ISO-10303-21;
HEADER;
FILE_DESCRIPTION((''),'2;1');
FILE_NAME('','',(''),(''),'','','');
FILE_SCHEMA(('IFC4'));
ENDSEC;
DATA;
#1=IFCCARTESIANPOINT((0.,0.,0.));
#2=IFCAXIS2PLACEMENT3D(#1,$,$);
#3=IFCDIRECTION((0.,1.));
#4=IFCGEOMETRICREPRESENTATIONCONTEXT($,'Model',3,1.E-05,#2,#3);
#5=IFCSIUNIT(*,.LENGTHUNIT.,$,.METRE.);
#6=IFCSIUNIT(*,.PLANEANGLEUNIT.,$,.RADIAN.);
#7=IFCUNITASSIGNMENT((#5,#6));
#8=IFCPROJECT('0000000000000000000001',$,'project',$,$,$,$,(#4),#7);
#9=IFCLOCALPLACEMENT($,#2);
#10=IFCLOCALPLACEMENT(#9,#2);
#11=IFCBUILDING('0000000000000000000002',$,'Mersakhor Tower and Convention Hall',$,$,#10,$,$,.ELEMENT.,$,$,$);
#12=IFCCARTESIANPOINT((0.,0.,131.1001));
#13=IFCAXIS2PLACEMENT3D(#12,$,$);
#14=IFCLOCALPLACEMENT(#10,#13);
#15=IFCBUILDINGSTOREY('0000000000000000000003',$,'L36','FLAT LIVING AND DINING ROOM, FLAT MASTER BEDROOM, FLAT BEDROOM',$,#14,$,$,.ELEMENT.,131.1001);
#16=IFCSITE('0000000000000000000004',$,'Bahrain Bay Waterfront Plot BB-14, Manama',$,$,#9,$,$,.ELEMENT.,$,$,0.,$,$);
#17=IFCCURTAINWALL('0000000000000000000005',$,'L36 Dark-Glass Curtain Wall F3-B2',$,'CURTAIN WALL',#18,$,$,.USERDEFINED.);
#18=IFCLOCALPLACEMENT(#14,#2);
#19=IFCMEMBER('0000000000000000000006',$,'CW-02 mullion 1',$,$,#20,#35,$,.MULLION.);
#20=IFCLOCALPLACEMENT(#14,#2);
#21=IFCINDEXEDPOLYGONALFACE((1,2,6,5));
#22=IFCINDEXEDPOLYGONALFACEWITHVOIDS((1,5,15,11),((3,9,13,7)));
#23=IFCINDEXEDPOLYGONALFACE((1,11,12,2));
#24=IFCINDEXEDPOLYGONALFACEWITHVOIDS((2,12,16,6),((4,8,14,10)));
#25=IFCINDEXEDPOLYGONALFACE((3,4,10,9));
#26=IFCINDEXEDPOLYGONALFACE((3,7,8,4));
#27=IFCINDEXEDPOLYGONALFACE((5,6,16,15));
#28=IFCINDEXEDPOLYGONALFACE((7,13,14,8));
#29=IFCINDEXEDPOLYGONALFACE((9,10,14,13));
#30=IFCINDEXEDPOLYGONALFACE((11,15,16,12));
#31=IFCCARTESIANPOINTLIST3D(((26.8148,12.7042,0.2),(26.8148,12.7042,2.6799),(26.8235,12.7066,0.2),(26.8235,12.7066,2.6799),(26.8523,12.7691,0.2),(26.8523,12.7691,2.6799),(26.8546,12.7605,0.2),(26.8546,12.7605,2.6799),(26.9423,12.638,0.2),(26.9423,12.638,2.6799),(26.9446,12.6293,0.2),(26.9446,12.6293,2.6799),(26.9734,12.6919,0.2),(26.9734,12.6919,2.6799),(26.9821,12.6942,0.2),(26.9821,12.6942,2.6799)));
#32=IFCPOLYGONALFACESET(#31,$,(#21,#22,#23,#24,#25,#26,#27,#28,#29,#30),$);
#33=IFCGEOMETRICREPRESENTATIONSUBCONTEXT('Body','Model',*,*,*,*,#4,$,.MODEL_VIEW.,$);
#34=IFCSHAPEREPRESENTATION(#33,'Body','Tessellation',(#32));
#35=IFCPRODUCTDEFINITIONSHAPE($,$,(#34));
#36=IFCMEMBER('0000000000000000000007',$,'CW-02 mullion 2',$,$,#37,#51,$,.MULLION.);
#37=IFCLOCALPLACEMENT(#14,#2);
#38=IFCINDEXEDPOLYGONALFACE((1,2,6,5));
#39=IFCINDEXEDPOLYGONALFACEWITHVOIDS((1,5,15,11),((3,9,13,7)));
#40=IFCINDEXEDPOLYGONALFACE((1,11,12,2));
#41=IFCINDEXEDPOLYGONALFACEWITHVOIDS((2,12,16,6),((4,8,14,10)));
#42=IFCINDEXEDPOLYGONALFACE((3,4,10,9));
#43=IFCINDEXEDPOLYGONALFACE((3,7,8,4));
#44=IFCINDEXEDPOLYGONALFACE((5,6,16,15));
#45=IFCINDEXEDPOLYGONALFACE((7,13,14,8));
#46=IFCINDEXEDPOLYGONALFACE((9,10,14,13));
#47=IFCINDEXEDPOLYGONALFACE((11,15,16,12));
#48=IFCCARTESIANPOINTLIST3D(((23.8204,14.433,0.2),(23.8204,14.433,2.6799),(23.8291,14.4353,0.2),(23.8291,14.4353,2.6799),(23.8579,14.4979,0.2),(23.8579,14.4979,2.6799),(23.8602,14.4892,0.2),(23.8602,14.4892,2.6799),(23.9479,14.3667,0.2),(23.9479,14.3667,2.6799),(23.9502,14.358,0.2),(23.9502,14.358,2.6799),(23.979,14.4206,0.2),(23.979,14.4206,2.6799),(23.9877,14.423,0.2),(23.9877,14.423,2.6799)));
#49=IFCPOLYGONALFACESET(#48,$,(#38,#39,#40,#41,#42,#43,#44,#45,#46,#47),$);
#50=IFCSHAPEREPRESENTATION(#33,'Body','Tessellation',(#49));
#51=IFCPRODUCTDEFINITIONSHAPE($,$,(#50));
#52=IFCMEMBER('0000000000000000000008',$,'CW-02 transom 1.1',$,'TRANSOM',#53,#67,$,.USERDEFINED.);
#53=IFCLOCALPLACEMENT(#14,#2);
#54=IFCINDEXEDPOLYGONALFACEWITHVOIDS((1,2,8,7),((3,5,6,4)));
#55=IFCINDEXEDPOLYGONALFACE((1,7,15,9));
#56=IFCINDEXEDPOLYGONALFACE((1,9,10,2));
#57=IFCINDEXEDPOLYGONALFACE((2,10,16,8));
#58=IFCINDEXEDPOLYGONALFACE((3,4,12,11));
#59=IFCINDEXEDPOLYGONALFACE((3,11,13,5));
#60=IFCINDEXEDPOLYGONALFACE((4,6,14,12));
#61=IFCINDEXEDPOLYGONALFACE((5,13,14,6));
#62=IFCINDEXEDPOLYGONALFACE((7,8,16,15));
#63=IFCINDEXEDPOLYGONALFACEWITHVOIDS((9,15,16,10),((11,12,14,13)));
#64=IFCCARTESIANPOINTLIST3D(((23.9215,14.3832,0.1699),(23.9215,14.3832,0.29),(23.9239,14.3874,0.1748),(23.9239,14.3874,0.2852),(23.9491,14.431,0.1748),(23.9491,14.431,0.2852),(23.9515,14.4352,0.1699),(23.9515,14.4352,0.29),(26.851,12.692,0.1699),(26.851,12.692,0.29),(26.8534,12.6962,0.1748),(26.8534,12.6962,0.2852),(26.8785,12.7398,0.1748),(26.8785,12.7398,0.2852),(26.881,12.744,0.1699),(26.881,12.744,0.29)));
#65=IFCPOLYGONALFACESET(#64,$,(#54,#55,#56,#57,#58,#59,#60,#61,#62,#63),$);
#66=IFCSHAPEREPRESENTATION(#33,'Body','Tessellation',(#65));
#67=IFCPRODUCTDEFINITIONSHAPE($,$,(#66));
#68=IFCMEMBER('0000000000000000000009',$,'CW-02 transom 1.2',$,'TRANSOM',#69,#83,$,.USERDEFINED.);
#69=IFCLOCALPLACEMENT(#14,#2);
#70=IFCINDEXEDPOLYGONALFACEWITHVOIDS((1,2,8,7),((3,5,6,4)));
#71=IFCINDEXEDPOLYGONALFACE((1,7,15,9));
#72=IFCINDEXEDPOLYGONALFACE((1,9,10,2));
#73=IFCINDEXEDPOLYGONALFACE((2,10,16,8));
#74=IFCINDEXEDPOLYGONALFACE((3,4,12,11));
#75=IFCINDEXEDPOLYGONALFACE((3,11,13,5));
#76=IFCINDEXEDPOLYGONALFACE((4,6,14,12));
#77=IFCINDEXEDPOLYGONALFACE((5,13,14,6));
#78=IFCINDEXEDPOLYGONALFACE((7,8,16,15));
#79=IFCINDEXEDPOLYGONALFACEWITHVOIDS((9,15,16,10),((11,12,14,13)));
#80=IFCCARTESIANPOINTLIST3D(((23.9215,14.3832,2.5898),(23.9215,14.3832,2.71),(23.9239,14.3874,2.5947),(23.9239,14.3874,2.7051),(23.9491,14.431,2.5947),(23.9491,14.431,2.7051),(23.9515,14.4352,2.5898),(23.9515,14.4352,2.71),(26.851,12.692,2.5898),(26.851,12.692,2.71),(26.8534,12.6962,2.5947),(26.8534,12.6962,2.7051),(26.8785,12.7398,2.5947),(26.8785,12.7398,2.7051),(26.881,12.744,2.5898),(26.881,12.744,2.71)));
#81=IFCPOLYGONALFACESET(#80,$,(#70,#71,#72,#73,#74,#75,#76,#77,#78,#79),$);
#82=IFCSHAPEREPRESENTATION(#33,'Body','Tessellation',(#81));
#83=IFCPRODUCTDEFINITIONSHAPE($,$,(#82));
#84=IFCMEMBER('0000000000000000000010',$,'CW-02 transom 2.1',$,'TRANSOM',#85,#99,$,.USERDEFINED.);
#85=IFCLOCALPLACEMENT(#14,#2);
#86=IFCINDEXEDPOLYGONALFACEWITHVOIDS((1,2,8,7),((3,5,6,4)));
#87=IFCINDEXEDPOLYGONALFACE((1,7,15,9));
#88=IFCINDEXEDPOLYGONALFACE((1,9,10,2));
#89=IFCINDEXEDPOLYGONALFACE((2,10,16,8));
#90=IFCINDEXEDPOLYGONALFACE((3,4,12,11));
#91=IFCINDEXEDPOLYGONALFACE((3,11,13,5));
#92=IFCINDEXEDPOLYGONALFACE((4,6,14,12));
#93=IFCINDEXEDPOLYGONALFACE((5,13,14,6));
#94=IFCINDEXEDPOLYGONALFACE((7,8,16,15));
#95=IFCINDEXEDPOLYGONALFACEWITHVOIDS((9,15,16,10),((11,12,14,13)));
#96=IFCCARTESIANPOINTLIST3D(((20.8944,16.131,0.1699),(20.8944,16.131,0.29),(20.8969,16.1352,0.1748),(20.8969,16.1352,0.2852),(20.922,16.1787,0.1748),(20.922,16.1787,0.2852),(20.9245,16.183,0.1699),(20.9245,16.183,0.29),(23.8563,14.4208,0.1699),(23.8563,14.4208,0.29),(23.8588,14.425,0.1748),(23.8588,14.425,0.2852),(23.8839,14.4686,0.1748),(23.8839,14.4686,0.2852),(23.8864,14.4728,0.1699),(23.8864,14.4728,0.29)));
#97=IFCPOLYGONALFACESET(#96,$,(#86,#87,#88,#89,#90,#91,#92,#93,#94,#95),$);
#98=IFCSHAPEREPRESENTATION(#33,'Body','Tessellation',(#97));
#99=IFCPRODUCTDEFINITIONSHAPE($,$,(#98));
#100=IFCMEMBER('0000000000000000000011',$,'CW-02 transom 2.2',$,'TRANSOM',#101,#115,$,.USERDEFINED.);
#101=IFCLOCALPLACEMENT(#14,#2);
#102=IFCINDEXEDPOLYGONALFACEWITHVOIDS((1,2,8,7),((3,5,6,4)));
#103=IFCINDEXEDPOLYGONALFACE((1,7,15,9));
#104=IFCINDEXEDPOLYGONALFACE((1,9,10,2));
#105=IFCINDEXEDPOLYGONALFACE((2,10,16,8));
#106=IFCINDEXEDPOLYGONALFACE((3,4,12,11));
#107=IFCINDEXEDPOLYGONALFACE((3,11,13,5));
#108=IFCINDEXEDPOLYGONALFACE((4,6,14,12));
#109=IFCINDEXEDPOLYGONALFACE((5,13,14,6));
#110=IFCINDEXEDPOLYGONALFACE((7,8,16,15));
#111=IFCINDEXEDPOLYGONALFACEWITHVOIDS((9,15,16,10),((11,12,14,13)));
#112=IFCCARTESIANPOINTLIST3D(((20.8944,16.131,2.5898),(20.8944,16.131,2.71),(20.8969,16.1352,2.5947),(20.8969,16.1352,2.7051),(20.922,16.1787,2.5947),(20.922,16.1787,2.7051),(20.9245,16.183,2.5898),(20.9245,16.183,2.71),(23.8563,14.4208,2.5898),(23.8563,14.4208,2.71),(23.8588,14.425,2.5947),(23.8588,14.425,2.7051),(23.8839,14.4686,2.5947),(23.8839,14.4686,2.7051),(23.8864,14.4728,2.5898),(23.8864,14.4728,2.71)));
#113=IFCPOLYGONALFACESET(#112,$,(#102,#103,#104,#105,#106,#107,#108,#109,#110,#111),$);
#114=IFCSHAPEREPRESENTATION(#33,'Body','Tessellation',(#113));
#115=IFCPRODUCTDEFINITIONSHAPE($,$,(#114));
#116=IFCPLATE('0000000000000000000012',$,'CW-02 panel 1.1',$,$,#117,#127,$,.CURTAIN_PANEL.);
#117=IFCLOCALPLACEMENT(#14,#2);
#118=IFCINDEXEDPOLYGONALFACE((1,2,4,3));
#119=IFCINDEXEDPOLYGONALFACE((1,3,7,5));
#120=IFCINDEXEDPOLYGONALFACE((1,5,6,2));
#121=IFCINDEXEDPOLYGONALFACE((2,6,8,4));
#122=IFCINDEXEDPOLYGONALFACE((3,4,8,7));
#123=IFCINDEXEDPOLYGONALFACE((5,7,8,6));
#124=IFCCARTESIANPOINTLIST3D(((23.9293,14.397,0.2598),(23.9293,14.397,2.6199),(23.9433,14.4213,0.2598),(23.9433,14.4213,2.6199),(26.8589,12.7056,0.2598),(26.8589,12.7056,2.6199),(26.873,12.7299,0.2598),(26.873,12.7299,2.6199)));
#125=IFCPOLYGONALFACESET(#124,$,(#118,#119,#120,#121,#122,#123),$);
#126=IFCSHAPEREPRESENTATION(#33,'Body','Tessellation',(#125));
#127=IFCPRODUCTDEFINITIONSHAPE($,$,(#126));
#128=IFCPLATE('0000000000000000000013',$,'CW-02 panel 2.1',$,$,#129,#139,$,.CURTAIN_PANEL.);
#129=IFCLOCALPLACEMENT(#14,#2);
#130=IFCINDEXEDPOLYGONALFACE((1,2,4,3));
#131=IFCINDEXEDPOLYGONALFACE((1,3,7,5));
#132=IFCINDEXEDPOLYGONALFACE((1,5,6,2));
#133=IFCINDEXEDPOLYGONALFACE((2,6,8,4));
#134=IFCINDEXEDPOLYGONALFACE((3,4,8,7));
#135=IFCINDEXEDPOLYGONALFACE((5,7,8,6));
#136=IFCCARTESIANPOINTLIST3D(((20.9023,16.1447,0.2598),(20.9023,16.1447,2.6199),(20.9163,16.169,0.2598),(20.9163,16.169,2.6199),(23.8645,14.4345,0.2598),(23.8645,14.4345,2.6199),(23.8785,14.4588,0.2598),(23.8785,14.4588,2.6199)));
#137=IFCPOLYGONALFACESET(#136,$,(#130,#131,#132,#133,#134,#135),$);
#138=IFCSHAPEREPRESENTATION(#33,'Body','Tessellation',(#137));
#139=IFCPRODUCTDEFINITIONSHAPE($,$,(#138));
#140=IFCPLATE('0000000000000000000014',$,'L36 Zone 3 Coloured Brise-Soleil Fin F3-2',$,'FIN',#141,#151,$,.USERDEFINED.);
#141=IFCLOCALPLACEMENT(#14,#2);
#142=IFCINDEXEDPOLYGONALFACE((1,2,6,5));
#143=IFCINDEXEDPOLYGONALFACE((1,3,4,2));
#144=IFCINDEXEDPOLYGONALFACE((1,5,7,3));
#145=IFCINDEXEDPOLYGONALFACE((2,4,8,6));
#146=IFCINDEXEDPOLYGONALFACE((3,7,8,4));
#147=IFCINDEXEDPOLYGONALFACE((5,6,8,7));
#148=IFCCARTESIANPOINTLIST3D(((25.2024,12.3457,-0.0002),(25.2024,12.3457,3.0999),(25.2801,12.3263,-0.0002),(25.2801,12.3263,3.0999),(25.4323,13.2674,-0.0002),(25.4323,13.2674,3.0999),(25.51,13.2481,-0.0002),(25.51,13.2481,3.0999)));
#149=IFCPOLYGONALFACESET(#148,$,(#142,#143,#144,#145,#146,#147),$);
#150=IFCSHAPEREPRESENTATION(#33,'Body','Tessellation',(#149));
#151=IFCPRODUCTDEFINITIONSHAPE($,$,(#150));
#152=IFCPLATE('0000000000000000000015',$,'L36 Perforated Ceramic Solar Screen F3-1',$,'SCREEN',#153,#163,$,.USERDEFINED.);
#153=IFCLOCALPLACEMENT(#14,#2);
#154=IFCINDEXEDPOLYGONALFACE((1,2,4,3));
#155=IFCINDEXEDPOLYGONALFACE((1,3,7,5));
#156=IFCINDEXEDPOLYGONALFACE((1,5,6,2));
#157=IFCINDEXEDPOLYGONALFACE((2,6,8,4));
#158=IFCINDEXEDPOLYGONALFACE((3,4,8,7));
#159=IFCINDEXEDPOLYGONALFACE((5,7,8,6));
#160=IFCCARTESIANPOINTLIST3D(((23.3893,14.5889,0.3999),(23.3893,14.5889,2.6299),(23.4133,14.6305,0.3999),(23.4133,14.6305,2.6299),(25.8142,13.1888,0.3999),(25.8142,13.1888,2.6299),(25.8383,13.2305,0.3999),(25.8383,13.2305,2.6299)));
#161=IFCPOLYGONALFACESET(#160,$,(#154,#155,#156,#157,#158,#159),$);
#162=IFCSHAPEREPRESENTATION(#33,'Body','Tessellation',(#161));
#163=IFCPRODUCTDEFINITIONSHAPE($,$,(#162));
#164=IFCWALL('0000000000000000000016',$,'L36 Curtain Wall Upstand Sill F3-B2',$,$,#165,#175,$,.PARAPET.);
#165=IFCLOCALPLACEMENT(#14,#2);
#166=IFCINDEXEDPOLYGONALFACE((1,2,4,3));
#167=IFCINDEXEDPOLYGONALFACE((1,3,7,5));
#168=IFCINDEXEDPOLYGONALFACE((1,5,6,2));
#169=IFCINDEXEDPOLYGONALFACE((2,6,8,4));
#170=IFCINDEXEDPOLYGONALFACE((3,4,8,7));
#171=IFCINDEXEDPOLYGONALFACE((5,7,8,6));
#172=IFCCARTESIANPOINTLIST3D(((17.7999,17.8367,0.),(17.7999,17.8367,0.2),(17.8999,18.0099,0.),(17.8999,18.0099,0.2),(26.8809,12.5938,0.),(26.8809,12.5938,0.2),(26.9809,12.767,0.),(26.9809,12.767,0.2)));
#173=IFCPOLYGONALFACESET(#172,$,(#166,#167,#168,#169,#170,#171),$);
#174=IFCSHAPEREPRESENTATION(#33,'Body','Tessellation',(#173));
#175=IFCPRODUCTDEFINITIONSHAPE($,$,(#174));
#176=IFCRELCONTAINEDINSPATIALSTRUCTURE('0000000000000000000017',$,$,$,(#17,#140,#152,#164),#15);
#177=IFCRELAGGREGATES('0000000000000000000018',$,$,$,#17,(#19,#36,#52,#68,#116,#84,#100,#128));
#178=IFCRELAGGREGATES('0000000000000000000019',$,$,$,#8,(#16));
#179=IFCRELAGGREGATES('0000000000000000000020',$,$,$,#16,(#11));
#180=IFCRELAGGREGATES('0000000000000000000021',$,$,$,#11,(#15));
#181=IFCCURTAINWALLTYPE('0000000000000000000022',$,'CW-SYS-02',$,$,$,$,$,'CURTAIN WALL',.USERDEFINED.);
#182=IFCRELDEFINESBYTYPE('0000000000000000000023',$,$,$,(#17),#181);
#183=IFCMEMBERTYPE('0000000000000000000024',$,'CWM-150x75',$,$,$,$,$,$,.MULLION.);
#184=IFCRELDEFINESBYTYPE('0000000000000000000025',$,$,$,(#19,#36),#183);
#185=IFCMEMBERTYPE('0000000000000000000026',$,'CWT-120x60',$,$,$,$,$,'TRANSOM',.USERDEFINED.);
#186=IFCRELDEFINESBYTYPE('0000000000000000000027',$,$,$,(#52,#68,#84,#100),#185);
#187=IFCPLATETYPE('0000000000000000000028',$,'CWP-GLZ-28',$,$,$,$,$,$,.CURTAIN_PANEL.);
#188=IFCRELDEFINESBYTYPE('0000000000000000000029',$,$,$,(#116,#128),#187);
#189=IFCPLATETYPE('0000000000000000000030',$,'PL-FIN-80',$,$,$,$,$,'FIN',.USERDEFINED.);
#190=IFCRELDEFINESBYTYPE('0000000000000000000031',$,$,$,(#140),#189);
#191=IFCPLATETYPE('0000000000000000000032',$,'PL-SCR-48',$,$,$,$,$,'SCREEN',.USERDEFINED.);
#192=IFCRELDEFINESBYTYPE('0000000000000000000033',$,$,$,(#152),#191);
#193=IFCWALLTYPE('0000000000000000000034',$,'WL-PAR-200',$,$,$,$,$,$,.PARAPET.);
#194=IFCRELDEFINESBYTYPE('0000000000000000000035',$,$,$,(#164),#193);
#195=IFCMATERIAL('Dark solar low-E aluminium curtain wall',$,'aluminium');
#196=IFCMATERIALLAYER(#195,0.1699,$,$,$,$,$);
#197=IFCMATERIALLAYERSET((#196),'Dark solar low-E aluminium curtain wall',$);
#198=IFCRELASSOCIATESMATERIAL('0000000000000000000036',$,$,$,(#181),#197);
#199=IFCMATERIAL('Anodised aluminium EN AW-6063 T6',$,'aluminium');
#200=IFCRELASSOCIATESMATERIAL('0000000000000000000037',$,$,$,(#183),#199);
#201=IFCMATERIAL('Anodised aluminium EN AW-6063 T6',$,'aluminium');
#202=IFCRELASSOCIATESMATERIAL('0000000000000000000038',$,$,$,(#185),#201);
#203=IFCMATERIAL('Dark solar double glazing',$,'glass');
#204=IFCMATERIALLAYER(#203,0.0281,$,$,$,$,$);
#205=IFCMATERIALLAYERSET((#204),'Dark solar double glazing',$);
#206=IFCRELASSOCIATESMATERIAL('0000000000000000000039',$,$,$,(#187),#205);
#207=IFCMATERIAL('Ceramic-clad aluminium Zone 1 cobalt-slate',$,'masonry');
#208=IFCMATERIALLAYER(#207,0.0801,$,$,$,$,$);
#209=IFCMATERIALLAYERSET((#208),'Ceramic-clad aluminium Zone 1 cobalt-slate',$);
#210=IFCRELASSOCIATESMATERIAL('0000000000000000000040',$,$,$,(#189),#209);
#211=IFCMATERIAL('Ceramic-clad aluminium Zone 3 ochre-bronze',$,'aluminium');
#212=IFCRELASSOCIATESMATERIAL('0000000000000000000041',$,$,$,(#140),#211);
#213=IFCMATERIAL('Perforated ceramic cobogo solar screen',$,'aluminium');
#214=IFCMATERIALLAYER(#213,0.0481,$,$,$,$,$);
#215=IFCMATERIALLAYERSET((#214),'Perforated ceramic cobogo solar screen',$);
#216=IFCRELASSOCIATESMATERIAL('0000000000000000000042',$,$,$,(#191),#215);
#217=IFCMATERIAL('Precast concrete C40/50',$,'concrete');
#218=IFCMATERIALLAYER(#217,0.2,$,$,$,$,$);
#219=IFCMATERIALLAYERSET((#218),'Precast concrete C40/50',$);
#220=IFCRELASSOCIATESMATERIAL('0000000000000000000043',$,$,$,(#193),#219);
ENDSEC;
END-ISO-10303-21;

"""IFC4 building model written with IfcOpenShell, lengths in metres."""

from ifc_helpers import new_model, si_unit, direction, frame, frame_2d, origin, origin_2d, place, context, subcontext, project, spatial, rectangle, hollow_rectangle, extrude, material, layer, layer_set, material_profile, profile_set, type_object, element, aggregate, save


model = new_model("IFC4")

# Units and contexts
model_context = context("Model", 3, precision=1e-05, world=origin(), true_north=direction((0.0, 1.0)))
body_context = subcontext(model_context, "Body", "Model", "MODEL_VIEW")
ifc_project = project(units=[si_unit("LENGTHUNIT", "METRE"), si_unit("PLANEANGLEUNIT", "RADIAN")], contexts=[model_context])

# Site, building, storey
site_placement = place(None, origin())
site = spatial("IfcSite", under=ifc_project, at=site_placement, Name="Bahrain Bay Waterfront Plot BB-14, Manama", CompositionType="ELEMENT", RefElevation=0.0)
building_placement = place(site_placement, origin())
building = spatial("IfcBuilding", under=site, at=building_placement, Name="Mersakhor Tower and Convention Hall", CompositionType="ELEMENT")
storey_placement = place(building_placement, frame((0.0, 0.0, 131.1001)))
storey = spatial("IfcBuildingStorey", under=building, at=storey_placement, Name="L36", Description="FLAT LIVING AND DINING ROOM, FLAT MASTER BEDROOM, FLAT BEDROOM", CompositionType="ELEMENT", Elevation=131.1001)

# Curtain wall, members, plates
ifc_material_1 = material(Name="Dark solar low-E aluminium curtain wall", Category="aluminium")
ifc_layer_1 = layer(ifc_material_1, 0.1699)
ifc_layer_set_1 = layer_set([ifc_layer_1], Name="Dark solar low-E aluminium curtain wall")
curtain_wall_type = type_object("IfcCurtainWallType", Name="CW-SYS-02", ElementType="CURTAIN WALL", PredefinedType="USERDEFINED", material=ifc_layer_set_1)
curtain_wall_placement = place(storey_placement, origin())
curtain_wall = element("IfcCurtainWall", 1, at=curtain_wall_placement, inside=storey, type_object=curtain_wall_type, Name="L36 Dark-Glass Curtain Wall F3-B2", ObjectType="CURTAIN WALL", PredefinedType="USERDEFINED")
ifc_material_2 = material(Name="Anodised aluminium EN AW-6063 T6", Category="aluminium")
ifc_material_profile_1 = material_profile(ifc_material_2, hollow_rectangle(XDim=0.075, YDim=0.1499, WallThickness=0.0063, at=origin_2d()), Name="RHS 150x75x6.3")
ifc_profile_set_1 = profile_set([ifc_material_profile_1], Name="Anodised aluminium EN AW-6063 T6")
member_type_1 = type_object("IfcMemberType", Name="CWM-150x75", PredefinedType="MULLION", material=ifc_profile_set_1)
member_1_placement = place(storey_placement, frame((26.8984, 12.6992, 0.2), z_axis=(0.0, 0.0, 1.0), x_axis=(-0.49999, -0.866031, 0.0)))
member_1 = element("IfcMember", 2, at=member_1_placement, type_object=member_type_1, Name="CW-02 mullion 1", PredefinedType="MULLION", context=body_context, shape_type="SweptSolid", body=[
    extrude(hollow_rectangle(XDim=0.075, YDim=0.1499, WallThickness=0.0063, at=origin_2d()), origin(), (0.0, 0.0, 1.0), 2.48),
])
member_2_placement = place(storey_placement, frame((23.9041, 14.428, 0.2), z_axis=(0.0, 0.0, 1.0), x_axis=(-0.49999, -0.866031, 0.0)))
member_2 = element("IfcMember", 3, at=member_2_placement, type_object=member_type_1, Name="CW-02 mullion 2", PredefinedType="MULLION", context=body_context, shape_type="SweptSolid", body=[
    extrude(hollow_rectangle(XDim=0.075, YDim=0.1499, WallThickness=0.0063, at=origin_2d()), origin(), (0.0, 0.0, 1.0), 2.48),
])
ifc_material_3 = material(Name="Anodised aluminium EN AW-6063 T6", Category="aluminium")
ifc_material_profile_2 = material_profile(ifc_material_3, hollow_rectangle(XDim=0.0601, YDim=0.1201, WallThickness=0.0049, at=origin_2d()), Name="RHS 120x60x5")
ifc_profile_set_2 = profile_set([ifc_material_profile_2], Name="Anodised aluminium EN AW-6063 T6")
member_type_2 = type_object("IfcMemberType", Name="CWT-120x60", ElementType="TRANSOM", PredefinedType="USERDEFINED", material=ifc_profile_set_2)
member_3_placement = place(storey_placement, frame((26.866, 12.718, 0.23), z_axis=(-0.866045, 0.499966, 0.0), x_axis=(-0.499966, -0.866045, 0.0)))
member_3 = element("IfcMember", 4, at=member_3_placement, type_object=member_type_2, Name="CW-02 transom 1.1", ObjectType="TRANSOM", PredefinedType="USERDEFINED", context=body_context, shape_type="SweptSolid", body=[
    extrude(hollow_rectangle(XDim=0.0601, YDim=0.1201, WallThickness=0.0049, at=origin_2d()), origin(), (0.0, 0.0, 1.0), 3.3826),
])
member_4_placement = place(storey_placement, frame((26.866, 12.718, 2.6499), z_axis=(-0.866045, 0.499966, 0.0), x_axis=(-0.499966, -0.866045, 0.0)))
member_4 = element("IfcMember", 5, at=member_4_placement, type_object=member_type_2, Name="CW-02 transom 1.2", ObjectType="TRANSOM", PredefinedType="USERDEFINED", context=body_context, shape_type="SweptSolid", body=[
    extrude(hollow_rectangle(XDim=0.0601, YDim=0.1201, WallThickness=0.0049, at=origin_2d()), origin(), (0.0, 0.0, 1.0), 3.3826),
])
member_5_placement = place(storey_placement, frame((23.8713, 14.4468, 0.23), z_axis=(-0.866007, 0.500031, 0.0), x_axis=(-0.500031, -0.866007, 0.0)))
member_5 = element("IfcMember", 6, at=member_5_placement, type_object=member_type_2, Name="CW-02 transom 2.1", ObjectType="TRANSOM", PredefinedType="USERDEFINED", context=body_context, shape_type="SweptSolid", body=[
    extrude(hollow_rectangle(XDim=0.0601, YDim=0.1201, WallThickness=0.0049, at=origin_2d()), origin(), (0.0, 0.0, 1.0), 3.4202),
])
member_6_placement = place(storey_placement, frame((23.8713, 14.4468, 2.6499), z_axis=(-0.866007, 0.500031, 0.0), x_axis=(-0.500031, -0.866007, 0.0)))
member_6 = element("IfcMember", 7, at=member_6_placement, type_object=member_type_2, Name="CW-02 transom 2.2", ObjectType="TRANSOM", PredefinedType="USERDEFINED", context=body_context, shape_type="SweptSolid", body=[
    extrude(hollow_rectangle(XDim=0.0601, YDim=0.1201, WallThickness=0.0049, at=origin_2d()), origin(), (0.0, 0.0, 1.0), 3.4202),
])
ifc_material_4 = material(Name="Dark solar double glazing", Category="glass")
ifc_layer_2 = layer(ifc_material_4, 0.0281)
ifc_layer_set_2 = layer_set([ifc_layer_2], Name="Dark solar double glazing")
plate_type_1 = type_object("IfcPlateType", Name="CWP-GLZ-28", PredefinedType="CURTAIN_PANEL", material=ifc_layer_set_2)
plate_1_placement = place(storey_placement, frame((25.4011, 13.5635, 0.2598), z_axis=(0.0, 0.0, 1.0), x_axis=(-0.866031, 0.49999, 0.0)))
plate_1 = element("IfcPlate", 8, at=plate_1_placement, type_object=plate_type_1, Name="CW-02 panel 1.1", PredefinedType="CURTAIN_PANEL", context=body_context, shape_type="SweptSolid", body=[
    extrude(rectangle(XDim=3.3828, YDim=0.0281, at=origin_2d()), origin(), (0.0, 0.0, 1.0), 2.3601),
])
plate_2_placement = place(storey_placement, frame((22.3904, 15.3018, 0.2598), z_axis=(0.0, 0.0, 1.0), x_axis=(-0.866031, 0.49999, 0.0)))
plate_2 = element("IfcPlate", 9, at=plate_2_placement, type_object=plate_type_1, Name="CW-02 panel 2.1", PredefinedType="CURTAIN_PANEL", context=body_context, shape_type="SweptSolid", body=[
    extrude(rectangle(XDim=3.4204, YDim=0.0281, at=origin_2d()), origin(), (0.0, 0.0, 1.0), 2.3601),
])
aggregate(curtain_wall, [member_1, member_2, member_3, member_4, plate_1, member_5, member_6, plate_2])

# Plates
ifc_material_5 = material(Name="Ceramic-clad aluminium Zone 3 ochre-bronze", Category="aluminium")
ifc_material_6 = material(Name="Ceramic-clad aluminium Zone 1 cobalt-slate", Category="masonry")
ifc_layer_3 = layer(ifc_material_6, 0.0801)
ifc_layer_set_3 = layer_set([ifc_layer_3], Name="Ceramic-clad aluminium Zone 1 cobalt-slate")
plate_type_2 = type_object("IfcPlateType", Name="PL-FIN-80", ElementType="FIN", PredefinedType="USERDEFINED", material=ifc_layer_set_3)
plate_3_placement = place(storey_placement, frame((25.3562, 12.7969, -0.0002), z_axis=(0.0, 0.0, 1.0), x_axis=(-0.241922, -0.970296, 0.0)))
element("IfcPlate", 10, at=plate_3_placement, inside=storey, type_object=plate_type_2, material=ifc_material_5, Name="L36 Zone 3 Coloured Brise-Soleil Fin F3-2", ObjectType="FIN", PredefinedType="USERDEFINED", context=body_context, shape_type="SweptSolid", body=[
    extrude(rectangle(XDim=0.95, YDim=0.0801, at=origin_2d()), origin(), (0.0, 0.0, 1.0), 3.1001),
])
ifc_material_7 = material(Name="Perforated ceramic cobogo solar screen", Category="aluminium")
ifc_layer_4 = layer(ifc_material_7, 0.0481)
ifc_layer_set_4 = layer_set([ifc_layer_4], Name="Perforated ceramic cobogo solar screen")
plate_type_3 = type_object("IfcPlateType", Name="PL-SCR-48", ElementType="SCREEN", PredefinedType="USERDEFINED", material=ifc_layer_set_4)
plate_4_placement = place(storey_placement, frame((24.6138, 13.9097, 0.3999), z_axis=(0.0, 0.0, 1.0), x_axis=(-0.866025, 0.5, 0.0)))
element("IfcPlate", 11, at=plate_4_placement, inside=storey, type_object=plate_type_3, Name="L36 Perforated Ceramic Solar Screen F3-1", ObjectType="SCREEN", PredefinedType="USERDEFINED", context=body_context, shape_type="SweptSolid", body=[
    extrude(rectangle(XDim=2.8, YDim=0.0481, at=origin_2d()), origin(), (0.0, 0.0, 1.0), 2.23),
])

# Wall
ifc_material_8 = material(Name="Precast concrete C40/50", Category="concrete")
ifc_layer_5 = layer(ifc_material_8, 0.2)
ifc_layer_set_5 = layer_set([ifc_layer_5], Name="Precast concrete C40/50")
wall_type_1 = type_object("IfcWallType", Name="WL-PAR-200", PredefinedType="PARAPET", material=ifc_layer_set_5)
wall_1_placement = place(storey_placement, frame((26.9309, 12.6804, 0.0), z_axis=(0.0, 0.0, 1.0), x_axis=(-0.866027, 0.499998, 0.0)))
element("IfcWall", 12, at=wall_1_placement, inside=storey, type_object=wall_type_1, Name="L36 Curtain Wall Upstand Sill F3-B2", PredefinedType="PARAPET", context=body_context, shape_type="SweptSolid", body=[
    extrude(rectangle(XDim=10.4858, YDim=0.2, at=frame_2d((5.2429, 0.0))), origin(), (0.0, 0.0, 1.0), 0.2),
])

save(model, "model.ifc")
